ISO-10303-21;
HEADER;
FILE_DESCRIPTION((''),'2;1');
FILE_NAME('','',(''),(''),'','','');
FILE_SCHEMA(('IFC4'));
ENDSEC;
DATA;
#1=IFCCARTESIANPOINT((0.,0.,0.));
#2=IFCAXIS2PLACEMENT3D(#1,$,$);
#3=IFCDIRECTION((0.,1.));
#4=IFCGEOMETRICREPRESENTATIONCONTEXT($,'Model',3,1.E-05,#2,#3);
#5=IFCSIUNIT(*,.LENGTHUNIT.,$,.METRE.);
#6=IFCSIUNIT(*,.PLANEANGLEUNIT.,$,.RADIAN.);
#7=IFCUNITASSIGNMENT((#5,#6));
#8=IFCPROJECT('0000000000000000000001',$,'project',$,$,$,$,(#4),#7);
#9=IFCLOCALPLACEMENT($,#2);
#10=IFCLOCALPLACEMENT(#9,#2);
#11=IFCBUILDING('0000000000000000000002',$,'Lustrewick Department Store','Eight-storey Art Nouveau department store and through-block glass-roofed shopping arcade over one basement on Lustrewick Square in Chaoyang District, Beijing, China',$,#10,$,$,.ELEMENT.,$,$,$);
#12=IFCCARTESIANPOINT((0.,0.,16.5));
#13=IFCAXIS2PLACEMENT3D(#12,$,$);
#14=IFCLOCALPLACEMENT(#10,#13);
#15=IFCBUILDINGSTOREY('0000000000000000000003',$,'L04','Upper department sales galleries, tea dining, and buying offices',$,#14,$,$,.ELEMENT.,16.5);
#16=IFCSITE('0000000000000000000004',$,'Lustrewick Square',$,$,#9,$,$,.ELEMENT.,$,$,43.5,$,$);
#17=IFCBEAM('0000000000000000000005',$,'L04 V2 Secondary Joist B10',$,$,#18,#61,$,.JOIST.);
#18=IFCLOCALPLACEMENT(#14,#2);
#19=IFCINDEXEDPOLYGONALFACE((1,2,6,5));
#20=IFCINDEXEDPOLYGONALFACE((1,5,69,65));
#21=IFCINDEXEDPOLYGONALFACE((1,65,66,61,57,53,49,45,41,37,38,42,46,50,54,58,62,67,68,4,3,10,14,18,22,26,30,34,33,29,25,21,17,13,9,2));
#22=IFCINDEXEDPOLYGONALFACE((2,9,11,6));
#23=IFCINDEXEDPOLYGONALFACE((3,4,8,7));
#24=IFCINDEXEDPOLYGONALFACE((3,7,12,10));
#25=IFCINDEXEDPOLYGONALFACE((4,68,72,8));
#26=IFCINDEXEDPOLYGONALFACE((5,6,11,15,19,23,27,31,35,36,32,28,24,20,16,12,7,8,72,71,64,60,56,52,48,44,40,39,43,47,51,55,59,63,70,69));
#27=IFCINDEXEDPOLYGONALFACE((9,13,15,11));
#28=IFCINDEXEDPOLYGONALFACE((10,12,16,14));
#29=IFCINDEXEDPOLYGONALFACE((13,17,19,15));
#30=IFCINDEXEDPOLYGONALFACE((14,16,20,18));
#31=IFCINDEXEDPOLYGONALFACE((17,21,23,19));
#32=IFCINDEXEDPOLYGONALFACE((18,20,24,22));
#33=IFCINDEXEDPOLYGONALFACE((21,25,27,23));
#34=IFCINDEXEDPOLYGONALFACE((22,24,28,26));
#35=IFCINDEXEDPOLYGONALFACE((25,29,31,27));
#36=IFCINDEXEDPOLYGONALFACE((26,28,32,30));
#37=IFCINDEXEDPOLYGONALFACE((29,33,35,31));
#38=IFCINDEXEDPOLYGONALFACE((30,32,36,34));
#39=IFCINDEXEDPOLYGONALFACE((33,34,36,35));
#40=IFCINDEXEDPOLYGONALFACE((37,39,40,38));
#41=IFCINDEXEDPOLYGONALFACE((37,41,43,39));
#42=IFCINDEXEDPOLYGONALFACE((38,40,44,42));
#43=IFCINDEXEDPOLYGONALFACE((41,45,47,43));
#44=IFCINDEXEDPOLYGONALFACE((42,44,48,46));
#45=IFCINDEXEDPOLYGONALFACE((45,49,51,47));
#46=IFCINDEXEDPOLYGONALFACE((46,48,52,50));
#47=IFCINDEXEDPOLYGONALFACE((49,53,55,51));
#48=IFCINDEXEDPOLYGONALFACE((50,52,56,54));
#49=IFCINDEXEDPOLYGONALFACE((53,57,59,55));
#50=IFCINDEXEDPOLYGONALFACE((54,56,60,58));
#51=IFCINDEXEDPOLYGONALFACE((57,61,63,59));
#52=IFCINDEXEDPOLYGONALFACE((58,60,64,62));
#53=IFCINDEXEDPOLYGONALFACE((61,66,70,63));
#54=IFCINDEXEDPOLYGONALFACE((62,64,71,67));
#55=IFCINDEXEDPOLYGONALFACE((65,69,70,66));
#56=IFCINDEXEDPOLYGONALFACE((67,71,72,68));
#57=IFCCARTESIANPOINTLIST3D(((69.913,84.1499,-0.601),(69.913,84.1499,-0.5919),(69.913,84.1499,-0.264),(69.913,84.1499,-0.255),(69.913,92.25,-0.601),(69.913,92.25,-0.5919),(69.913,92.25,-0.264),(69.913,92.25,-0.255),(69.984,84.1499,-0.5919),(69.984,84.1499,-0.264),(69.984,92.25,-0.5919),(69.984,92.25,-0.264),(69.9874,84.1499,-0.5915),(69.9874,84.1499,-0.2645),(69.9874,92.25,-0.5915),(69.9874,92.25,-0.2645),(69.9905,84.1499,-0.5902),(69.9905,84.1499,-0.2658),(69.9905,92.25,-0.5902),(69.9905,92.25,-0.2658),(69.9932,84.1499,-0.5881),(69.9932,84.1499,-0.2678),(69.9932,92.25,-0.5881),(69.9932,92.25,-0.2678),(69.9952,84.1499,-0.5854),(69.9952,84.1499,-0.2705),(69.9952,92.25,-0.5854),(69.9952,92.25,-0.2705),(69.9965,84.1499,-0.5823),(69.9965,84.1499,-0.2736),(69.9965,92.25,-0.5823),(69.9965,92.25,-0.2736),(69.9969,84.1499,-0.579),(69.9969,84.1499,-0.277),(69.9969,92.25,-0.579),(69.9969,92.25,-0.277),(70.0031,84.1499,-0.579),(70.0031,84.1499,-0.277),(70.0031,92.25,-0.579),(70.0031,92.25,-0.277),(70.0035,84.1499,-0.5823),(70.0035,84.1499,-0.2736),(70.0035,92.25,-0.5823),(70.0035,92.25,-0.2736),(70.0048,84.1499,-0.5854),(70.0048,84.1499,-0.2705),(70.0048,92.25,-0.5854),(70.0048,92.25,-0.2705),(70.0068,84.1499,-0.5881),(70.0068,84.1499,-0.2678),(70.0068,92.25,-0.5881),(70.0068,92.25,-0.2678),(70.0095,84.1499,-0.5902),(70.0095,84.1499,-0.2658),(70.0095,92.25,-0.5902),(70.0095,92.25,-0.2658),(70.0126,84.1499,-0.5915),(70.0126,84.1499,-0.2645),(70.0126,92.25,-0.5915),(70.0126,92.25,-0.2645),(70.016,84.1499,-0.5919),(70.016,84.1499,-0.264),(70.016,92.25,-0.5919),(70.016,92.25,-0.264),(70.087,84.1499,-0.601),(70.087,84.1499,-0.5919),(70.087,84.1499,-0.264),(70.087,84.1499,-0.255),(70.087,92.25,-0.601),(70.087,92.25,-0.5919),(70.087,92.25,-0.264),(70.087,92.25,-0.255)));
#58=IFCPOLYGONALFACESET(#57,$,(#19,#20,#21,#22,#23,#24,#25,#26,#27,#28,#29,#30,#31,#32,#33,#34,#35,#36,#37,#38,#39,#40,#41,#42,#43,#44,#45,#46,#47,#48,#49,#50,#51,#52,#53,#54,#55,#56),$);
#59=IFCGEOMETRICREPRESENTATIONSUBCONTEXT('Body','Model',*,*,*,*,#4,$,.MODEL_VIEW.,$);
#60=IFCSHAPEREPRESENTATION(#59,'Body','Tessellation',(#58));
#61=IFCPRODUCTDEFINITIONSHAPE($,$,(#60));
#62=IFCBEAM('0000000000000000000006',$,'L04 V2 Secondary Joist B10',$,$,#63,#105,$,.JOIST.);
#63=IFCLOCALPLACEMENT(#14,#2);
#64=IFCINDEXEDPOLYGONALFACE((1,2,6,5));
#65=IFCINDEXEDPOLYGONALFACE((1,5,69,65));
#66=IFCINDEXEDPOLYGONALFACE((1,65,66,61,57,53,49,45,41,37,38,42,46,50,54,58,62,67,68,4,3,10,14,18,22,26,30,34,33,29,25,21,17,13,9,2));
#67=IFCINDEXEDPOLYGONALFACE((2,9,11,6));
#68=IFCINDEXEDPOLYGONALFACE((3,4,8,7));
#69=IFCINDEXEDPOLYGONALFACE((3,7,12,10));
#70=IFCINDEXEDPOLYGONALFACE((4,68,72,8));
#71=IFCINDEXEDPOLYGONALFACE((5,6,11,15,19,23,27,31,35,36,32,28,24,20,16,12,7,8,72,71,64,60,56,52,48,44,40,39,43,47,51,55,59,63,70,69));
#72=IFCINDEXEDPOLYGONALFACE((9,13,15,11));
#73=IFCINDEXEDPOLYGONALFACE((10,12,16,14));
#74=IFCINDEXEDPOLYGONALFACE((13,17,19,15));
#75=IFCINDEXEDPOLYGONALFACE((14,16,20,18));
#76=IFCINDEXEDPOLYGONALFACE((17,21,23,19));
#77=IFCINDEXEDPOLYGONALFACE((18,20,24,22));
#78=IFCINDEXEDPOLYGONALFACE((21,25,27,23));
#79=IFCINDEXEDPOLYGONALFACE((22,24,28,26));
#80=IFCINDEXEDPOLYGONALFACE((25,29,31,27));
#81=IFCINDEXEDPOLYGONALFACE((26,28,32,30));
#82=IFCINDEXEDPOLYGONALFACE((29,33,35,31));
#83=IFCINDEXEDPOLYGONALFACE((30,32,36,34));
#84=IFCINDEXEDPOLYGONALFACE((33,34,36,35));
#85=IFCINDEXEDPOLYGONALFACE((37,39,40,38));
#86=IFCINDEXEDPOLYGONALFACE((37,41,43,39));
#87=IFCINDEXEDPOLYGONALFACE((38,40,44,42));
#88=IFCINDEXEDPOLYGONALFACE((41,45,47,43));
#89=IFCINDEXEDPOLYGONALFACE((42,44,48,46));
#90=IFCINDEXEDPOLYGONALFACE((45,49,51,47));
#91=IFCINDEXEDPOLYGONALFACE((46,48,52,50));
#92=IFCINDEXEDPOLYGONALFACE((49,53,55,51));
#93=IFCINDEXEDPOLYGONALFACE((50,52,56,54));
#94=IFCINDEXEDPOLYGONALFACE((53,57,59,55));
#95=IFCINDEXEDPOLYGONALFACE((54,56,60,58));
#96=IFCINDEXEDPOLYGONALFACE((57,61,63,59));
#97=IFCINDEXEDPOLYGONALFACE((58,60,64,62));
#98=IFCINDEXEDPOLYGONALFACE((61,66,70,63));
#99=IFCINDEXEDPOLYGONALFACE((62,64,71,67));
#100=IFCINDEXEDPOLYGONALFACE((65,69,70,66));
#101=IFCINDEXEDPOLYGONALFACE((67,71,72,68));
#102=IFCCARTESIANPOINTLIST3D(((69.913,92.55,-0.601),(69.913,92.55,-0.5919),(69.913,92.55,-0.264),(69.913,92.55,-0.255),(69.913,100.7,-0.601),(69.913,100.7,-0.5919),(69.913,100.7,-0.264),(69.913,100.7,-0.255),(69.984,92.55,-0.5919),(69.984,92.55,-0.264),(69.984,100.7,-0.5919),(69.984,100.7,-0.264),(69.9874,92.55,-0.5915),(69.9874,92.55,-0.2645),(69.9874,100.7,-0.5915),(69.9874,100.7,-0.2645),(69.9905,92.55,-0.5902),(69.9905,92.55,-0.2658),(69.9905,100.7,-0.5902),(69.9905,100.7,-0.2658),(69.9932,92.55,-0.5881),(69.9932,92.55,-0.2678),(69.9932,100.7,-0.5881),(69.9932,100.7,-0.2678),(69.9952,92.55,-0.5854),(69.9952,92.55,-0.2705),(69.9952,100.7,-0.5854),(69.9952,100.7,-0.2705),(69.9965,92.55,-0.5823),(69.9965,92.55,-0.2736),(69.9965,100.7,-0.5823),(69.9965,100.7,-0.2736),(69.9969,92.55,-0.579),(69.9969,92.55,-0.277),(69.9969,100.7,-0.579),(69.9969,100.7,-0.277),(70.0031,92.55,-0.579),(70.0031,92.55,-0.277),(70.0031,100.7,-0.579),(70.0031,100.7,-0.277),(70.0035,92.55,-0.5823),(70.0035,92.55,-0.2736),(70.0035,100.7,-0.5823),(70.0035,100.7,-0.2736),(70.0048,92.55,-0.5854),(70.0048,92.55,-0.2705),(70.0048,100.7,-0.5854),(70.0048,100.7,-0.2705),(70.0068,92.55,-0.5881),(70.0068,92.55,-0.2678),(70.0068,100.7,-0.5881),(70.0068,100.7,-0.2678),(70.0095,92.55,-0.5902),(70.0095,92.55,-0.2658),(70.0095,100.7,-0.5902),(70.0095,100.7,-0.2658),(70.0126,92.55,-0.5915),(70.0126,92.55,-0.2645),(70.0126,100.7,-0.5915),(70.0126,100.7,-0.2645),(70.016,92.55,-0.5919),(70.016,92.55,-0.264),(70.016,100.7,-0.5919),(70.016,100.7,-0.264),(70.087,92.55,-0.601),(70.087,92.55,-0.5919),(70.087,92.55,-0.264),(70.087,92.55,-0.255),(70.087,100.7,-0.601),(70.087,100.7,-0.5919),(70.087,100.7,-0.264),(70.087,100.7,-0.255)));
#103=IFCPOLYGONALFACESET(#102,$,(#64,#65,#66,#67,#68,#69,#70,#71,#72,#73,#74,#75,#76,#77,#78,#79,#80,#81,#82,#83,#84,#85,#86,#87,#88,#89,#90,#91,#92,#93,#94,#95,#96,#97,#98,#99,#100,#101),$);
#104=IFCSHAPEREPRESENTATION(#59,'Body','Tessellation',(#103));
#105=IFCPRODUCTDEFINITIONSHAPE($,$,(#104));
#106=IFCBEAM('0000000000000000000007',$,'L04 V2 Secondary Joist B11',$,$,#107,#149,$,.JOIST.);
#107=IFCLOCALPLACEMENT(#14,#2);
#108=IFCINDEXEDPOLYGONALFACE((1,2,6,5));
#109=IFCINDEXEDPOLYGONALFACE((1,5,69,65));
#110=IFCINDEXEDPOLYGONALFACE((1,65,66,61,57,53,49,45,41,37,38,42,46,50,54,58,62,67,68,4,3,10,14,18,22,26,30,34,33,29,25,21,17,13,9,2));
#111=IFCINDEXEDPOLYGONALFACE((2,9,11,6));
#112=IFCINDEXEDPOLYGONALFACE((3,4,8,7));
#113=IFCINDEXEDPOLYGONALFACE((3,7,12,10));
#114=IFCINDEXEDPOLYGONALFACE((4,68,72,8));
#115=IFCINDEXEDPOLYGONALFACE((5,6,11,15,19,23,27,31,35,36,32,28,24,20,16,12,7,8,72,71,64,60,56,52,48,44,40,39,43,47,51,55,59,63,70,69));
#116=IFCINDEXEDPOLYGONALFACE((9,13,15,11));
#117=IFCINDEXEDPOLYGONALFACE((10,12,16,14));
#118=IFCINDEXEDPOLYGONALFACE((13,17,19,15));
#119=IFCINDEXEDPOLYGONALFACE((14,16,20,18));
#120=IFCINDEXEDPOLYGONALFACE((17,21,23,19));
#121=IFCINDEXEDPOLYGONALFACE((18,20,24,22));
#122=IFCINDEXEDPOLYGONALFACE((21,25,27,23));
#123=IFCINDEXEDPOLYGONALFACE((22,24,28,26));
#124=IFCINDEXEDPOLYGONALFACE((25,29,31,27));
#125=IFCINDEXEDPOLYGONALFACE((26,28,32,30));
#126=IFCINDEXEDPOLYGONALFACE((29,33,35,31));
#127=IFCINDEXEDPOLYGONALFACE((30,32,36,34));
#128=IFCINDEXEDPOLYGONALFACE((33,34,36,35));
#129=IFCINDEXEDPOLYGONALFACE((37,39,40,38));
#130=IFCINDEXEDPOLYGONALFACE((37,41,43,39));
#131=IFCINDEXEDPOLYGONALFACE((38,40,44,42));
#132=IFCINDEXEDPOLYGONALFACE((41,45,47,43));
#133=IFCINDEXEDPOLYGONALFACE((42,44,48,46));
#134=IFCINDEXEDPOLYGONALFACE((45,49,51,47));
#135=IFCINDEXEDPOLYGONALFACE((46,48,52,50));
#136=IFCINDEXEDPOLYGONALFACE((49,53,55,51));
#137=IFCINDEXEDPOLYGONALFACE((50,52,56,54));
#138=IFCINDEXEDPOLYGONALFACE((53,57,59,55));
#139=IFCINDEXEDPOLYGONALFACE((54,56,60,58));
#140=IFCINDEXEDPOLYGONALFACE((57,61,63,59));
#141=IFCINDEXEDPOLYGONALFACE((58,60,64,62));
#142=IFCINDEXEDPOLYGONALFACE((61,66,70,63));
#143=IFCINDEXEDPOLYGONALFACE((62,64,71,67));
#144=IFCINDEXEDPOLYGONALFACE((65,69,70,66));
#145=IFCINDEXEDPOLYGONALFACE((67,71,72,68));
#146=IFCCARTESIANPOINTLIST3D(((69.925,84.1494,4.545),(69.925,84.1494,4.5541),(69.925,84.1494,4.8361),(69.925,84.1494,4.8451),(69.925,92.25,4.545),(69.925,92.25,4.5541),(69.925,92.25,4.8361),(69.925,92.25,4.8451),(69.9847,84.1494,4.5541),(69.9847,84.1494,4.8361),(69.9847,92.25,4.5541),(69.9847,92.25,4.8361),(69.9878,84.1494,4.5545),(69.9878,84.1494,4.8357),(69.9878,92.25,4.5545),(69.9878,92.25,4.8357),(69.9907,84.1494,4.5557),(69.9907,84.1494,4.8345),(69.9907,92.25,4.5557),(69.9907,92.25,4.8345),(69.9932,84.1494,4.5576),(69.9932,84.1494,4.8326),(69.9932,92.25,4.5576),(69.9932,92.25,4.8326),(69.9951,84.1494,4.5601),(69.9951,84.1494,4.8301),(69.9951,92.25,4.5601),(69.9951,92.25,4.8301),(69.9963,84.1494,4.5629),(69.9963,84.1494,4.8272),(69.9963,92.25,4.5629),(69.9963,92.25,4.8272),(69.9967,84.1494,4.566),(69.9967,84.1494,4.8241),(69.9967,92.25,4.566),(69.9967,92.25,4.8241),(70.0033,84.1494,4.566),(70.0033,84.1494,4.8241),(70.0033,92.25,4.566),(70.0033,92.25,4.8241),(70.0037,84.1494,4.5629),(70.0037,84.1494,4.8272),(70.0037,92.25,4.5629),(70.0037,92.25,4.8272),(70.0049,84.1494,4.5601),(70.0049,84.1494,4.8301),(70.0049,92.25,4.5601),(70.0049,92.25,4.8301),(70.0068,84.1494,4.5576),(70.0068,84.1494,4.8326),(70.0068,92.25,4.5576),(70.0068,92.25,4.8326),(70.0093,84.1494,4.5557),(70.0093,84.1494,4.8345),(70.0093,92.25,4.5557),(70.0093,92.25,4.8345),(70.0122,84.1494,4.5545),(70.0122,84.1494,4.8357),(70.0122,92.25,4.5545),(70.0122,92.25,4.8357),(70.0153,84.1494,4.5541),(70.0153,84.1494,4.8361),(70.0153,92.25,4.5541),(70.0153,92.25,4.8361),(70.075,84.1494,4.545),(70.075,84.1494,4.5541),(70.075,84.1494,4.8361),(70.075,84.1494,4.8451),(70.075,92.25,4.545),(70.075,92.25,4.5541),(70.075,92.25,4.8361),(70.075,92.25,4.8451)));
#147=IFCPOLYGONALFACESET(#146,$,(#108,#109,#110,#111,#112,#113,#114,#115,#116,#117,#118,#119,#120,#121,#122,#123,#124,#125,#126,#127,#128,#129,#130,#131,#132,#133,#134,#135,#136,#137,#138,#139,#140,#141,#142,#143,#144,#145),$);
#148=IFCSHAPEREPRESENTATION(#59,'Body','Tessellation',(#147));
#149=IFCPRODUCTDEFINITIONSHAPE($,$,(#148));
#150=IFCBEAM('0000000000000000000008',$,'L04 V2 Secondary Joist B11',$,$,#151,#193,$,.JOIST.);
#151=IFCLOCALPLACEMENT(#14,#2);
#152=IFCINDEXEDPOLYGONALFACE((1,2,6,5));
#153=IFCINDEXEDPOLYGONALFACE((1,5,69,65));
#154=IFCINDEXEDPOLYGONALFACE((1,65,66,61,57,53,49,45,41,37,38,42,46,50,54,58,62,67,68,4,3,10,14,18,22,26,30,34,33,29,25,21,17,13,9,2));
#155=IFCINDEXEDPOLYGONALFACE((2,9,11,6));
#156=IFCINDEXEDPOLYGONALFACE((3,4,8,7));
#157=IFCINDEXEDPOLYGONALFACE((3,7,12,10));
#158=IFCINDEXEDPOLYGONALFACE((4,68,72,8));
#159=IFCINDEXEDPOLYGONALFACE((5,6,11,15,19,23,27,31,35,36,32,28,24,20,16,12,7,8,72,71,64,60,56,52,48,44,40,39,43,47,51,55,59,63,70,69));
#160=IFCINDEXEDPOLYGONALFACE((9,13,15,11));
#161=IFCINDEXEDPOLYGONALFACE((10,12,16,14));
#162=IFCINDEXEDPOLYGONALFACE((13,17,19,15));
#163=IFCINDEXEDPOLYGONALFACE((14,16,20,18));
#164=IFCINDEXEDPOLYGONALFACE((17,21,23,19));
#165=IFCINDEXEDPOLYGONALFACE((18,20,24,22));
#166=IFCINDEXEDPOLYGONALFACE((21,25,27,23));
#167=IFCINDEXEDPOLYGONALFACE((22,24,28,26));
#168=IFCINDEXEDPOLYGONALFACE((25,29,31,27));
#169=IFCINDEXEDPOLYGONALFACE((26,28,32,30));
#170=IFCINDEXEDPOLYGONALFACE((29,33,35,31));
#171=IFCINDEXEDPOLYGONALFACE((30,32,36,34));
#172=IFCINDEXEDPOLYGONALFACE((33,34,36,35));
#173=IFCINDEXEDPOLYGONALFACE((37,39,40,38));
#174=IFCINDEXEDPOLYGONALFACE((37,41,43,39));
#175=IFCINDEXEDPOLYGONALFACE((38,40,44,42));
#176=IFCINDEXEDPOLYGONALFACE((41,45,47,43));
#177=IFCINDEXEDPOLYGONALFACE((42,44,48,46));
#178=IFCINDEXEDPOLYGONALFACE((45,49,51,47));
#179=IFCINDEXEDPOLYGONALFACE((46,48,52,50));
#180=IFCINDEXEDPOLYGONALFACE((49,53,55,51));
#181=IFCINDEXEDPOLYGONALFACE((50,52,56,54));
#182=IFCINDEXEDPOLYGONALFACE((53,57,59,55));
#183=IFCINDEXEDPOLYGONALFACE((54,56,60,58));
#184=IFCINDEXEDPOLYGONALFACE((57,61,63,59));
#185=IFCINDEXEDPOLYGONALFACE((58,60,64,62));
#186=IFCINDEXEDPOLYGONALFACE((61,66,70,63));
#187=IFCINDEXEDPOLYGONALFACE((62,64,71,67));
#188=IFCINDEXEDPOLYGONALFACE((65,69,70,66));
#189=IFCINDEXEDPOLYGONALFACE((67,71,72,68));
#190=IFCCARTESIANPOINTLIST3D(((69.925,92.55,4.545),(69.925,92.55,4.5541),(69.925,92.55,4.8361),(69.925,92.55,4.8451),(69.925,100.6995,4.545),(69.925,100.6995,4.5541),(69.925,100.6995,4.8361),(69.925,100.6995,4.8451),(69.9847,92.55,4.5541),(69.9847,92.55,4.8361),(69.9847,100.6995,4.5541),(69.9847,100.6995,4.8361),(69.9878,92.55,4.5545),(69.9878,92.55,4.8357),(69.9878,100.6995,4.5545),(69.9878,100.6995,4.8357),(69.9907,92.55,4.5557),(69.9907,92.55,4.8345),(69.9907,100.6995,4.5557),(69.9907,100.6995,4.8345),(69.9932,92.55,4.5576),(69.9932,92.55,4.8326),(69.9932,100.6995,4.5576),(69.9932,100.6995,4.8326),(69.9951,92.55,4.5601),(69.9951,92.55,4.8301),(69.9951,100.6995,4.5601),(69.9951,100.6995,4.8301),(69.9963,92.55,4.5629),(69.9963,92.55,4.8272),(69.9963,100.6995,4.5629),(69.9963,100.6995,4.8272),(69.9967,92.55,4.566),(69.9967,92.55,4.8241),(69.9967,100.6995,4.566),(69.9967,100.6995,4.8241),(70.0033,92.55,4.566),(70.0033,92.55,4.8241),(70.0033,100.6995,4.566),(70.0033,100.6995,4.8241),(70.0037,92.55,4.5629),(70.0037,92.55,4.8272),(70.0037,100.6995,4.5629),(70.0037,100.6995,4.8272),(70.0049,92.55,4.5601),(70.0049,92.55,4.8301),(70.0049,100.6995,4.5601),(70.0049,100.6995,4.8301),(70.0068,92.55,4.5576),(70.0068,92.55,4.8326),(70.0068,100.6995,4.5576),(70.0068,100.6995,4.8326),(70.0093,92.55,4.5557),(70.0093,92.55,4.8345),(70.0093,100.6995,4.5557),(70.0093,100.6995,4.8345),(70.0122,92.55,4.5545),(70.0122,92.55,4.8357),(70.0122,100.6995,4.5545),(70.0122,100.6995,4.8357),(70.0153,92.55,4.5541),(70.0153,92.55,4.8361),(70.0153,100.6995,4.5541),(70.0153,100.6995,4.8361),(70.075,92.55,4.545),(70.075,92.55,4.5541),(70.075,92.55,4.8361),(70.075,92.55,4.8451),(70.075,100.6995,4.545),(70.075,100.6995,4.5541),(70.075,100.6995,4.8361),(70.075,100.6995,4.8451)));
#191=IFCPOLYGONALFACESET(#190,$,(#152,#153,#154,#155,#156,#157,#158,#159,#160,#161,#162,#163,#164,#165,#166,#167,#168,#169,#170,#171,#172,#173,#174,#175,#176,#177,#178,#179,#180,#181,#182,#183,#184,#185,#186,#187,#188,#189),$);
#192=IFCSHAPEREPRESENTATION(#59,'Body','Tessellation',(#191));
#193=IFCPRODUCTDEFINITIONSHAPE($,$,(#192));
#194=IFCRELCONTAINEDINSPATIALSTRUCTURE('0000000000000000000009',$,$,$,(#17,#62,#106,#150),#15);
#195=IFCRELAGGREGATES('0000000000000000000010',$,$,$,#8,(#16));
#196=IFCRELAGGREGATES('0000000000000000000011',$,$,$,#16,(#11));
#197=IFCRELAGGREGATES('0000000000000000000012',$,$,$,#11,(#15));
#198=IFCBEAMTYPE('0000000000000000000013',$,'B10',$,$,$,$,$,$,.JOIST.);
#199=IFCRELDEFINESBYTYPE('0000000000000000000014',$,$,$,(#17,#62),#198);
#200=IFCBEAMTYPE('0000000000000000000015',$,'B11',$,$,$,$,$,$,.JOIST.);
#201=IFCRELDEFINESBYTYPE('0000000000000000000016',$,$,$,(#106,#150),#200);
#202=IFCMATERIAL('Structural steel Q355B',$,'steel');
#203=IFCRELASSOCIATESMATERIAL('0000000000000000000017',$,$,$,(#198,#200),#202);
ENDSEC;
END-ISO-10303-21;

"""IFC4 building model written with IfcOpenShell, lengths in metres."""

from ifc_helpers import new_model, si_unit, direction, frame, origin, origin_2d, place, context, subcontext, project, spatial, i_section, extrude, material, material_profile, profile_set, type_object, element, save


model = new_model("IFC4")

# Units and contexts
model_context = context("Model", 3, precision=1e-05, world=origin(), true_north=direction((0.0, 1.0)))
body_context = subcontext(model_context, "Body", "Model", "MODEL_VIEW")
ifc_project = project(units=[si_unit("LENGTHUNIT", "METRE"), si_unit("PLANEANGLEUNIT", "RADIAN")], contexts=[model_context])

# Site, building, storey
site_placement = place(None, origin())
site = spatial("IfcSite", under=ifc_project, at=site_placement, Name="Lustrewick Square", CompositionType="ELEMENT", RefElevation=43.5)
building_placement = place(site_placement, origin())
building = spatial("IfcBuilding", under=site, at=building_placement, Name="Lustrewick Department Store", Description="Eight-storey Art Nouveau department store and through-block glass-roofed shopping arcade over one basement on Lustrewick Square in Chaoyang District, Beijing, China", CompositionType="ELEMENT")
storey_placement = place(building_placement, frame((0.0, 0.0, 16.5)))
storey = spatial("IfcBuildingStorey", under=building, at=storey_placement, Name="L04", Description="Upper department sales galleries, tea dining, and buying offices", CompositionType="ELEMENT", Elevation=16.5)

# Shared definitions
ifc_material_1 = material(Name="Structural steel Q355B", Category="steel")

# Beams
ifc_material_profile_1 = material_profile(ifc_material_1, i_section(OverallWidth=0.1741, OverallDepth=0.3459, WebThickness=0.0061, FlangeThickness=0.009, FilletRadius=0.0129, at=origin_2d()), Name="HN 346x174x6x9")
ifc_profile_set_1 = profile_set([ifc_material_profile_1], Name="Structural steel Q355B")
beam_type_1 = type_object("IfcBeamType", Name="B10", PredefinedType="JOIST", material=ifc_profile_set_1)
beam_1_placement = place(storey_placement, frame((70.0, 84.1499, -0.428), z_axis=(0.0, 1.0, 0.0), x_axis=(-1.0, 0.0, 0.0)))
element("IfcBeam", 1, at=beam_1_placement, inside=storey, type_object=beam_type_1, Name="L04 V2 Secondary Joist B10", PredefinedType="JOIST", context=body_context, shape_type="SweptSolid", body=[
    extrude(i_section(OverallWidth=0.1741, OverallDepth=0.3459, WebThickness=0.0061, FlangeThickness=0.009, FilletRadius=0.0129, at=origin_2d()), origin(), (0.0, 0.0, 1.0), 8.1001),
])
beam_2_placement = place(storey_placement, frame((70.0, 92.55, -0.428), z_axis=(0.0, 1.0, 0.0), x_axis=(-1.0, 0.0, 0.0)))
element("IfcBeam", 2, at=beam_2_placement, inside=storey, type_object=beam_type_1, Name="L04 V2 Secondary Joist B10", PredefinedType="JOIST", context=body_context, shape_type="SweptSolid", body=[
    extrude(i_section(OverallWidth=0.1741, OverallDepth=0.3459, WebThickness=0.0061, FlangeThickness=0.009, FilletRadius=0.0129, at=origin_2d()), origin(), (0.0, 0.0, 1.0), 8.1499),
])
ifc_material_profile_2 = material_profile(ifc_material_1, i_section(OverallWidth=0.1499, OverallDepth=0.3, WebThickness=0.0066, FlangeThickness=0.009, FilletRadius=0.012, at=origin_2d()), Name="HN 300x150x6.5x9")
ifc_profile_set_2 = profile_set([ifc_material_profile_2], Name="Structural steel Q355B")
beam_type_2 = type_object("IfcBeamType", Name="B11", PredefinedType="JOIST", material=ifc_profile_set_2)
beam_3_placement = place(storey_placement, frame((70.0, 84.1494, 4.6951), z_axis=(0.0, 1.0, 0.0), x_axis=(-1.0, 0.0, 0.0)))
element("IfcBeam", 3, at=beam_3_placement, inside=storey, type_object=beam_type_2, Name="L04 V2 Secondary Joist B11", PredefinedType="JOIST", context=body_context, shape_type="SweptSolid", body=[
    extrude(i_section(OverallWidth=0.1499, OverallDepth=0.3, WebThickness=0.0066, FlangeThickness=0.009, FilletRadius=0.012, at=origin_2d()), origin(), (0.0, 0.0, 1.0), 8.1006),
])
beam_4_placement = place(storey_placement, frame((70.0, 92.55, 4.6951), z_axis=(0.0, 1.0, 0.0), x_axis=(-1.0, 0.0, 0.0)))
element("IfcBeam", 4, at=beam_4_placement, inside=storey, type_object=beam_type_2, Name="L04 V2 Secondary Joist B11", PredefinedType="JOIST", context=body_context, shape_type="SweptSolid", body=[
    extrude(i_section(OverallWidth=0.1499, OverallDepth=0.3, WebThickness=0.0066, FlangeThickness=0.009, FilletRadius=0.012, at=origin_2d()), origin(), (0.0, 0.0, 1.0), 8.1494),
])

save(model, "model.ifc")
